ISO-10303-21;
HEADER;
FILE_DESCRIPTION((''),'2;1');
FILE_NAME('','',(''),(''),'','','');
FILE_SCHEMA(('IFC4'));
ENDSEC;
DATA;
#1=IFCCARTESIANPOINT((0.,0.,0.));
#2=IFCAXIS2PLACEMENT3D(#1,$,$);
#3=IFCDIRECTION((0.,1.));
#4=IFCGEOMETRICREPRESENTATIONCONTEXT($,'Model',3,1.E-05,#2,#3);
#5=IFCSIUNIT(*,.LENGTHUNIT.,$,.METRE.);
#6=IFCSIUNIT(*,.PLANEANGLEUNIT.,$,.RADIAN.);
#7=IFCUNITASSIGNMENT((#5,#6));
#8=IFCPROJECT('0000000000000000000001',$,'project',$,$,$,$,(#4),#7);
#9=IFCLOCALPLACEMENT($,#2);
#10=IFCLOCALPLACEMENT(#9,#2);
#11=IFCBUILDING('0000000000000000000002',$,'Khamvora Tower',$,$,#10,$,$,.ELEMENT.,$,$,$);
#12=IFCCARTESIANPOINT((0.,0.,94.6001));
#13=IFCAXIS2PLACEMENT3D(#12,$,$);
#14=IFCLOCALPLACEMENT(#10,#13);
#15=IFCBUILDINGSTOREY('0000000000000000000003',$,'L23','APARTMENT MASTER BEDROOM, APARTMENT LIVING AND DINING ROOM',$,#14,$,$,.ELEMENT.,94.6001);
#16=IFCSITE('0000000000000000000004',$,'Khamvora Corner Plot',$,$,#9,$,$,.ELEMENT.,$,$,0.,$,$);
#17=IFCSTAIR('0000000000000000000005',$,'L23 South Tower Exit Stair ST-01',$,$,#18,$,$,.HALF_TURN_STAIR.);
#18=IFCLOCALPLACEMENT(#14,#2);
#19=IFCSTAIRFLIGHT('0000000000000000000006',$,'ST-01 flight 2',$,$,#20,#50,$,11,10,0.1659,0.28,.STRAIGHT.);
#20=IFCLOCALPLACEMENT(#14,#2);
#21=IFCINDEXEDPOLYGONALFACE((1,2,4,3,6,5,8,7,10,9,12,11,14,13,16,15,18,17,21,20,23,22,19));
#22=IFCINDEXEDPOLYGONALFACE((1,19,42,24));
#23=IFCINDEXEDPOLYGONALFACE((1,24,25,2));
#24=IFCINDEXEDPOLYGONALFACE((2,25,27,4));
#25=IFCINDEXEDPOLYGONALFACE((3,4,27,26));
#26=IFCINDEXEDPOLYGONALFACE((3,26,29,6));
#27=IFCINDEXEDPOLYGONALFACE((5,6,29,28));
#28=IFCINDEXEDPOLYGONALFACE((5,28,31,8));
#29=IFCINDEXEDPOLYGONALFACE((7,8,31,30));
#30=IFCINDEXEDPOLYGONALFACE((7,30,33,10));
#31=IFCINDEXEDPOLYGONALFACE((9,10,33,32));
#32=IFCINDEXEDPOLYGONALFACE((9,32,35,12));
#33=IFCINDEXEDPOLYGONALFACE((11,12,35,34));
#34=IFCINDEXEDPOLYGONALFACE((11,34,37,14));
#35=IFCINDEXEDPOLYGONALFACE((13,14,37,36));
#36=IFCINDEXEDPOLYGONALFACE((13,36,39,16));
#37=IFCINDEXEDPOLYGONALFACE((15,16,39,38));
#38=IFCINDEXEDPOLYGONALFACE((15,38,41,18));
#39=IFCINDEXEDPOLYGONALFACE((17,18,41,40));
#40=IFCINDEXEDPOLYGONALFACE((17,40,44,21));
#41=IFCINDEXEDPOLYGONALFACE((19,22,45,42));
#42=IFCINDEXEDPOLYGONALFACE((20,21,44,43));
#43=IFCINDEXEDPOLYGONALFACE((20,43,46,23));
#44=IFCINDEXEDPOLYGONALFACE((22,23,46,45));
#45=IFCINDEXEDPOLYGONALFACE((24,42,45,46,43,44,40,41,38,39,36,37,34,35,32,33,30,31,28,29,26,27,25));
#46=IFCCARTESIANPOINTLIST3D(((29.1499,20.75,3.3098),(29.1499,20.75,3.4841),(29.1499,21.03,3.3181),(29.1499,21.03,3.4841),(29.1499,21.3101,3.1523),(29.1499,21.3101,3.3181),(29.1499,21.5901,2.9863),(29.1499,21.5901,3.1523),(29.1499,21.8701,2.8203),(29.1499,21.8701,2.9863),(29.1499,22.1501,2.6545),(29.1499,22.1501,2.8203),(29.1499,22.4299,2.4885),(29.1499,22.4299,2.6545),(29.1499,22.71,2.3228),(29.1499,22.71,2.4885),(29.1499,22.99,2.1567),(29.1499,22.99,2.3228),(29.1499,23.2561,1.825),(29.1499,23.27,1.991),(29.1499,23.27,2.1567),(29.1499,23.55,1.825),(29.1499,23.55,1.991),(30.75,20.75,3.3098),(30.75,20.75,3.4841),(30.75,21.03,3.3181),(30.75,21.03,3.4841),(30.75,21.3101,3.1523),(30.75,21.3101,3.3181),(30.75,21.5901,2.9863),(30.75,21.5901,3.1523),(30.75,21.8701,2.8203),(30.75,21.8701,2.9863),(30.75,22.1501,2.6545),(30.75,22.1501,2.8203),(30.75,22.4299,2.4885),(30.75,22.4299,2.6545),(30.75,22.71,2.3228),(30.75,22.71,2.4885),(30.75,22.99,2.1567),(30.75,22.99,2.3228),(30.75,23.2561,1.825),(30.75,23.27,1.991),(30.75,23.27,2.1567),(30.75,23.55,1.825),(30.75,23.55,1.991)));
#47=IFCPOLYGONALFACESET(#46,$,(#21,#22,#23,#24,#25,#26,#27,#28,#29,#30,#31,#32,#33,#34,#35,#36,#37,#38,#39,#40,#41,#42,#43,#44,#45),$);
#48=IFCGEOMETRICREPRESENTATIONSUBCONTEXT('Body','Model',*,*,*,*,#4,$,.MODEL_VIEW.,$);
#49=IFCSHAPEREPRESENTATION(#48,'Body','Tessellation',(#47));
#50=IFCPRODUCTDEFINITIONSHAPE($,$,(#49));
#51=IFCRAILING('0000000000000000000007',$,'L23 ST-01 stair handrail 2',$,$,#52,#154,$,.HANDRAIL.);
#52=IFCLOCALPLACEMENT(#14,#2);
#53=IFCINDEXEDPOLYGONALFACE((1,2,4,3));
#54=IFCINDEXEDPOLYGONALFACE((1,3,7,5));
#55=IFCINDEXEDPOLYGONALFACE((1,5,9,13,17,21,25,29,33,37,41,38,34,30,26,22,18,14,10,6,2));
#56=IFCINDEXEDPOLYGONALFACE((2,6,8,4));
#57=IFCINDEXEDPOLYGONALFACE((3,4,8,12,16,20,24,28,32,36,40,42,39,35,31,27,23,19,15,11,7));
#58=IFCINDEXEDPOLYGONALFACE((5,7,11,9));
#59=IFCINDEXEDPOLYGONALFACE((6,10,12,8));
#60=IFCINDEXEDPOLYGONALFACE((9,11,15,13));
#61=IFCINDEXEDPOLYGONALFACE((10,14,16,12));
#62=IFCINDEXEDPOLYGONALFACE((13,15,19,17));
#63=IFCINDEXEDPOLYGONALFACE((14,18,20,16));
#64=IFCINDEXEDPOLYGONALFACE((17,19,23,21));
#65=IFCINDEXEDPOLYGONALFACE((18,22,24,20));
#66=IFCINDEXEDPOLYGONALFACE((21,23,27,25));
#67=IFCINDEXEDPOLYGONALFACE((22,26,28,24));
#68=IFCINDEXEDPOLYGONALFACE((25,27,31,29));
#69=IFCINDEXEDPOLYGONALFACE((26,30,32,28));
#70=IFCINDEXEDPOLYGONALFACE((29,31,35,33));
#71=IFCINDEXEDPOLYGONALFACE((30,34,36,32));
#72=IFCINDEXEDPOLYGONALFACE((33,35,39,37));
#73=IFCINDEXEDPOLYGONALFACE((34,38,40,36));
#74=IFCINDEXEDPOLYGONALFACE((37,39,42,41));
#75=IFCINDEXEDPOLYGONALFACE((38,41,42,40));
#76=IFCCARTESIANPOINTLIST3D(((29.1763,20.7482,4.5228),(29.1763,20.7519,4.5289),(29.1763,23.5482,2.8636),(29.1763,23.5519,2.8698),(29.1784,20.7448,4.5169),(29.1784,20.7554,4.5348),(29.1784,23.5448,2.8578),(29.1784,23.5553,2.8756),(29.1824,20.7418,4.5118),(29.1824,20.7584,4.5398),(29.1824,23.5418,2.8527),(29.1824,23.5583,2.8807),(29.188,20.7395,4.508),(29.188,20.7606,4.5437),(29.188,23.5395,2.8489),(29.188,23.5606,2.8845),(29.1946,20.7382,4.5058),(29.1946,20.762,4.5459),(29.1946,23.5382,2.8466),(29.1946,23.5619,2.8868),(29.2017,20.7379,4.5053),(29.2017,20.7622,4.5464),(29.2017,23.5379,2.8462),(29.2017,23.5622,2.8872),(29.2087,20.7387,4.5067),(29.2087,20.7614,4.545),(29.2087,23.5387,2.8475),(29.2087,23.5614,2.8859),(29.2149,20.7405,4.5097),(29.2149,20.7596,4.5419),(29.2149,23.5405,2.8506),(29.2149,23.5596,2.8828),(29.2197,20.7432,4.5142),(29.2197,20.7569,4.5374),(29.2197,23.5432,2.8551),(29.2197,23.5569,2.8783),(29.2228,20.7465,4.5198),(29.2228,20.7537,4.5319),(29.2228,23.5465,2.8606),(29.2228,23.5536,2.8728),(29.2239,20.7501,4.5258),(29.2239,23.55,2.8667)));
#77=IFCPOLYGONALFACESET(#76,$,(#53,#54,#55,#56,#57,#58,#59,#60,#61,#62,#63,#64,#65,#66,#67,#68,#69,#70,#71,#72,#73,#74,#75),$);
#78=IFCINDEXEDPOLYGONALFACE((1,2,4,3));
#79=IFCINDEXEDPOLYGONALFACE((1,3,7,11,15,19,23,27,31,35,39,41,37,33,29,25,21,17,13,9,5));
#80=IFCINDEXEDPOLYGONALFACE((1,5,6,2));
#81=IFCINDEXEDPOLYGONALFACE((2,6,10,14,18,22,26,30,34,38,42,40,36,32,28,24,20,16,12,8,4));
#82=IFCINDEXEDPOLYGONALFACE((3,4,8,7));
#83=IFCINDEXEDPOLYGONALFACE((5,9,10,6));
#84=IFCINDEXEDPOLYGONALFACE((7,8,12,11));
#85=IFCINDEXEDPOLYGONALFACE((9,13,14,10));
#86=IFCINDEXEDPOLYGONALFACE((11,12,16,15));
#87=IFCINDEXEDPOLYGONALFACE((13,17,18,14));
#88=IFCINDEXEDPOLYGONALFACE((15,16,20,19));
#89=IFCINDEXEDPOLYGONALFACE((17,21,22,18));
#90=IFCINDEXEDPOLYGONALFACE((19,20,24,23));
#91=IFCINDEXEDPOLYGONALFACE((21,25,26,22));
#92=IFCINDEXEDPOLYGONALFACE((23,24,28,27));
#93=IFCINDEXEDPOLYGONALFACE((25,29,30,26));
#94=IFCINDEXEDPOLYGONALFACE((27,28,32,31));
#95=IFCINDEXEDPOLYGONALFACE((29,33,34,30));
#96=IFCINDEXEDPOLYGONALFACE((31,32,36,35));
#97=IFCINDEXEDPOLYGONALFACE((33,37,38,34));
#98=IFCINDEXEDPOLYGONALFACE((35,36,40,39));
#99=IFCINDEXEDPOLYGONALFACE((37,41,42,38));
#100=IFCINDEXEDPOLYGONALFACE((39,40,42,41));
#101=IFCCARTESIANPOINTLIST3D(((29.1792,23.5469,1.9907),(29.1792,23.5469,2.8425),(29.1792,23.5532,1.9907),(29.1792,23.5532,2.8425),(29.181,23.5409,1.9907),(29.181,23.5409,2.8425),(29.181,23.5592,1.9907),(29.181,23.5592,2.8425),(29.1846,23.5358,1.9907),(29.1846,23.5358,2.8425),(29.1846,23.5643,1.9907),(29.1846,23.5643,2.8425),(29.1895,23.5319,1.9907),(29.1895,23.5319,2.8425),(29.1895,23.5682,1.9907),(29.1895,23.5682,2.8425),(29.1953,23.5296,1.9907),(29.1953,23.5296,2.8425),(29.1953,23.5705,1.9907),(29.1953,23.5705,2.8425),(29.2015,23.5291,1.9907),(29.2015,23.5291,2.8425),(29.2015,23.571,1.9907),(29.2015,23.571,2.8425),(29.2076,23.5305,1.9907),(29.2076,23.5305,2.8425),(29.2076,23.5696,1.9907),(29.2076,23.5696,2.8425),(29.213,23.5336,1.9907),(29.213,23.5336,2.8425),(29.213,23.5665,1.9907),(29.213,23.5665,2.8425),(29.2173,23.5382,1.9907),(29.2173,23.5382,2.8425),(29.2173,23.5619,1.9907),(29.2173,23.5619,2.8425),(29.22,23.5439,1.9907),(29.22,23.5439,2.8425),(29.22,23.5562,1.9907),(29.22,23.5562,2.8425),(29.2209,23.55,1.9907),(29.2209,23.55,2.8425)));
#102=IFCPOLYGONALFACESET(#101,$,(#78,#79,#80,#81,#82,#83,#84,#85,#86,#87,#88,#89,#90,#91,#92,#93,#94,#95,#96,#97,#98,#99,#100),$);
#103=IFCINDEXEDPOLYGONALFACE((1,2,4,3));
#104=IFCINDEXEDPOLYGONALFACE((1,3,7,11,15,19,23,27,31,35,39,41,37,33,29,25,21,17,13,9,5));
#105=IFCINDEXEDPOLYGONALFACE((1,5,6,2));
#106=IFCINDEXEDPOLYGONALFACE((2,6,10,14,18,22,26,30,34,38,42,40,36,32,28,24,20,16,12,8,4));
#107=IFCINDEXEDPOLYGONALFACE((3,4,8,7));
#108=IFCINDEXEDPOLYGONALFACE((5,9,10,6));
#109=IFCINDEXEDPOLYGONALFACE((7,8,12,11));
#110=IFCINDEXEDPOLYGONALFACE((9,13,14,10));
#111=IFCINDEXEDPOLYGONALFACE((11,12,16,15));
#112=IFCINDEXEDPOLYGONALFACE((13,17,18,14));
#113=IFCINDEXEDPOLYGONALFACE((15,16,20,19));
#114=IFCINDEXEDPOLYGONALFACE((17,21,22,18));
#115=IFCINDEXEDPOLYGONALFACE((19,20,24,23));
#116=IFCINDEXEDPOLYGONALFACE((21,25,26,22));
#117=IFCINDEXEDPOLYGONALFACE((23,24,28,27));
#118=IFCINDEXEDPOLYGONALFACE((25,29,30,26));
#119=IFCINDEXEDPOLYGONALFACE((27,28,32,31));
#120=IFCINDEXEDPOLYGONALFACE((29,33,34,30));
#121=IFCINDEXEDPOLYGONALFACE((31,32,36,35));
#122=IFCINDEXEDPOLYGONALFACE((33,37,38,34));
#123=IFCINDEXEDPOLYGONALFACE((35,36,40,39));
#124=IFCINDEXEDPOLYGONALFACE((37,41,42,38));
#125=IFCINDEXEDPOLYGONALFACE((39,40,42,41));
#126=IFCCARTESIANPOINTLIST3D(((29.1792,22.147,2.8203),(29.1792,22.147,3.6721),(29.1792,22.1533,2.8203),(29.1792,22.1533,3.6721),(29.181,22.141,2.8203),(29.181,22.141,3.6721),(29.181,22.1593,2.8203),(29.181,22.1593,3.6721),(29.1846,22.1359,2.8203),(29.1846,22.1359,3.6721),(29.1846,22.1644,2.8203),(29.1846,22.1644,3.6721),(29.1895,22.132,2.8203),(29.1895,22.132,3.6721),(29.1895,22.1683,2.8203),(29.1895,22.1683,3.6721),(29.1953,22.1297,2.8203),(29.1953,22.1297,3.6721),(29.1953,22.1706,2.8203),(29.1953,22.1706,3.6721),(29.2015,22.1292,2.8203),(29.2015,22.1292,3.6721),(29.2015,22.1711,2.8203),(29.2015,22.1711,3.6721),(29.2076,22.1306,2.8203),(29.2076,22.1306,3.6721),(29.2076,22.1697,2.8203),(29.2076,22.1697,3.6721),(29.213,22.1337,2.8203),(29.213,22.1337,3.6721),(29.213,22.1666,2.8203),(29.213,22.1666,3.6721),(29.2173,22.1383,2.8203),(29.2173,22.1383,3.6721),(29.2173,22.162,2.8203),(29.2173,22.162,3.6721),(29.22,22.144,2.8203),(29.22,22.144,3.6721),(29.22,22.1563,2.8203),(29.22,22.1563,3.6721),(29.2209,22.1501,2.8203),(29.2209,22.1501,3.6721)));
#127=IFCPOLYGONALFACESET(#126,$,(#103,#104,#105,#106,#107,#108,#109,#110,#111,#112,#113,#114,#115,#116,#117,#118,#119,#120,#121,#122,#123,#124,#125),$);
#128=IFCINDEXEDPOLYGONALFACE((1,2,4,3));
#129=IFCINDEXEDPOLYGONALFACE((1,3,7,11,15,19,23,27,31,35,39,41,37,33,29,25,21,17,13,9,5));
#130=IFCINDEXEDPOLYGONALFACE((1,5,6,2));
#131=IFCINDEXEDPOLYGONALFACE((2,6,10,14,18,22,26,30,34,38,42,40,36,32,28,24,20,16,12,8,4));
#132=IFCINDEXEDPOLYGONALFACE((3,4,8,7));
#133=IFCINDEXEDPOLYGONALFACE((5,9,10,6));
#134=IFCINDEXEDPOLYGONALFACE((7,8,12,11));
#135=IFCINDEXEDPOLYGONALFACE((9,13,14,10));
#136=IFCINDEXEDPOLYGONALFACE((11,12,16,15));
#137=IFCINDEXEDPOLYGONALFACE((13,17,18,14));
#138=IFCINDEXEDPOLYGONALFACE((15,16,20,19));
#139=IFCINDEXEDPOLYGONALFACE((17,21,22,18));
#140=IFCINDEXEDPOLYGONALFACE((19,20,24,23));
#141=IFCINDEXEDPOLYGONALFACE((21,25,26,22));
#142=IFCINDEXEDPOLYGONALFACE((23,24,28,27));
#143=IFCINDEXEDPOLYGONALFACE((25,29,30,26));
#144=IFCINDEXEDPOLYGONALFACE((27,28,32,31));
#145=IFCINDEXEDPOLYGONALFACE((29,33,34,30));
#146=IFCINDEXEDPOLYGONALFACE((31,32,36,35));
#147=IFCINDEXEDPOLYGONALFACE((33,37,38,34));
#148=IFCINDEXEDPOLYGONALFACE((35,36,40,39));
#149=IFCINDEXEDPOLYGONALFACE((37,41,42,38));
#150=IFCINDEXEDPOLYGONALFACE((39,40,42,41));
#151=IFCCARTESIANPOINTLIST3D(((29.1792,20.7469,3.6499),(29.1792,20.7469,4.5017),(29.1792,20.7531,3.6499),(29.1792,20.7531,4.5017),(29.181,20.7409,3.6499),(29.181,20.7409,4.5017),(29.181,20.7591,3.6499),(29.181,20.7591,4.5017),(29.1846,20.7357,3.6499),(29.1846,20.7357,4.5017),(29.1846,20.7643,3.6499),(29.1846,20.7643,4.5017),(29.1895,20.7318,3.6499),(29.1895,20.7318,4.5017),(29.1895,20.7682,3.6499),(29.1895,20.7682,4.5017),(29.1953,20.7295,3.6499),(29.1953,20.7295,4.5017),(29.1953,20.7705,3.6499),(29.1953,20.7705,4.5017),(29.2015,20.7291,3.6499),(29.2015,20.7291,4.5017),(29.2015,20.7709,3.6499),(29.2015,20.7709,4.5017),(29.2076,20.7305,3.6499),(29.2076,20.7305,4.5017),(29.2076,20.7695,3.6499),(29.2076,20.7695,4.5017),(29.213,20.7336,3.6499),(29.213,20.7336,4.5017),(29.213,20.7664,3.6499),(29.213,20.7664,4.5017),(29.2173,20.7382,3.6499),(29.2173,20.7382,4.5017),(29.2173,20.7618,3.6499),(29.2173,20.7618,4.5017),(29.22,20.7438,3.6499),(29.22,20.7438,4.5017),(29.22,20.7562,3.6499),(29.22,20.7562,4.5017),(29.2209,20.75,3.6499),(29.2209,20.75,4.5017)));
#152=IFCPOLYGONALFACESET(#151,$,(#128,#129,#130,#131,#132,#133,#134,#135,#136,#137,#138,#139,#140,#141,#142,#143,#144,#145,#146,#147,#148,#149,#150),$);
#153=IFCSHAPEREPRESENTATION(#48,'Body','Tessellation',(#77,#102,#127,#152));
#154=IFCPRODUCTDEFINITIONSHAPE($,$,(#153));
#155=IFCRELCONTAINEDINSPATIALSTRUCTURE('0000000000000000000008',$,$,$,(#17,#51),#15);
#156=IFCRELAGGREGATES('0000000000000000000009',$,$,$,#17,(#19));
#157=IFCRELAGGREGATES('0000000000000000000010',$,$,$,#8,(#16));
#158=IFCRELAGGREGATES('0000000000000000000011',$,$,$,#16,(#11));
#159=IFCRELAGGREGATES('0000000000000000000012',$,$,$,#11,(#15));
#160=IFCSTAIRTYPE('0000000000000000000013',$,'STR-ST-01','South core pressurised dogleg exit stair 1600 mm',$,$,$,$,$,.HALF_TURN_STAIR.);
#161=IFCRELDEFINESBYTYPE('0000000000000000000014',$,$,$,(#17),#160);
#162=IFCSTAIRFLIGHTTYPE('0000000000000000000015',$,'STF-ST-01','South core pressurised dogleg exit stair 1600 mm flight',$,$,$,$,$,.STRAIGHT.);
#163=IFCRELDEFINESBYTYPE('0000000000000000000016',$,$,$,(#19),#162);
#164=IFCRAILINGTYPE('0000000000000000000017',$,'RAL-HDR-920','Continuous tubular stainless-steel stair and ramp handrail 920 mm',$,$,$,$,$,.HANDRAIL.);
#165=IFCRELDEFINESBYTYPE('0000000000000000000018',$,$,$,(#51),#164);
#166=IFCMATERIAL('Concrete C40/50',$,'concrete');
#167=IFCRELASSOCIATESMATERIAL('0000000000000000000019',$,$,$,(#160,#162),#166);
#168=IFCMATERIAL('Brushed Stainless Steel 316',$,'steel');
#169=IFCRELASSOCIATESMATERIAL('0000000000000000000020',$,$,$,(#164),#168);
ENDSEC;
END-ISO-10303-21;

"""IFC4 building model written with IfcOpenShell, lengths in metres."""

from ifc_helpers import new_model, si_unit, direction, frame, origin, origin_2d, place, context, subcontext, project, spatial, polyline, circle, outline, extrude, material, type_object, element, aggregate, save


model = new_model("IFC4")

# Units and contexts
model_context = context("Model", 3, precision=1e-05, world=origin(), true_north=direction((0.0, 1.0)))
body_context = subcontext(model_context, "Body", "Model", "MODEL_VIEW")
ifc_project = project(units=[si_unit("LENGTHUNIT", "METRE"), si_unit("PLANEANGLEUNIT", "RADIAN")], contexts=[model_context])

# Site, building, storey
site_placement = place(None, origin())
site = spatial("IfcSite", under=ifc_project, at=site_placement, Name="Khamvora Corner Plot", CompositionType="ELEMENT", RefElevation=0.0)
building_placement = place(site_placement, origin())
building = spatial("IfcBuilding", under=site, at=building_placement, Name="Khamvora Tower", CompositionType="ELEMENT")
storey_placement = place(building_placement, frame((0.0, 0.0, 94.6001)))
storey = spatial("IfcBuildingStorey", under=building, at=storey_placement, Name="L23", Description="APARTMENT MASTER BEDROOM, APARTMENT LIVING AND DINING ROOM", CompositionType="ELEMENT", Elevation=94.6001)

# Stair, stair flight
ifc_material_1 = material(Name="Concrete C40/50", Category="concrete")
stair_type = type_object("IfcStairType", Name="STR-ST-01", Description="South core pressurised dogleg exit stair 1600 mm", PredefinedType="HALF_TURN_STAIR", material=ifc_material_1)
stair_placement = place(storey_placement, origin())
stair = element("IfcStair", 1, at=stair_placement, inside=storey, type_object=stair_type, Name="L23 South Tower Exit Stair ST-01", PredefinedType="HALF_TURN_STAIR")
stair_flight_type = type_object("IfcStairFlightType", Name="STF-ST-01", Description="South core pressurised dogleg exit stair 1600 mm flight", PredefinedType="STRAIGHT", material=ifc_material_1)
stair_flight_1_placement = place(storey_placement, frame((29.95, 23.55, 1.825), z_axis=(0.0, 0.0, 1.0), x_axis=(0.0, -1.0, 0.0)))
stair_flight_1 = element("IfcStairFlight", 2, at=stair_flight_1_placement, type_object=stair_flight_type, Name="ST-01 flight 2", NumberOfRisers=11, NumberOfTreads=10, PredefinedType="STRAIGHT", RiserHeight=0.1659, TreadLength=0.28, context=body_context, shape_type="SweptSolid", body=[
    extrude(outline(polyline([(0.0, 0.0), (0.0, 0.166), (0.28, 0.166), (0.28, 0.3318), (0.5601, 0.3318), (0.5601, 0.4978), (0.8401, 0.4978), (0.8401, 0.6636), (1.1201, 0.6636), (1.1201, 0.8296), (1.3999, 0.8296), (1.3999, 0.9954), (1.6799, 0.9954), (1.6799, 1.1614), (1.96, 1.1614), (1.96, 1.3274), (2.24, 1.3274), (2.24, 1.4932), (2.52, 1.4932), (2.52, 1.6592), (2.8, 1.6592), (2.8, 1.825), (2.8, 1.4849), (0.2939, 0.0), (0.0, 0.0)])), frame((0.0, 0.8, 0.0), z_axis=(0.0, -1.0, 0.0), x_axis=(1.0, 0.0, 0.0)), (0.0, 0.0, 1.0), 1.6001),
])
aggregate(stair, [stair_flight_1])

# Railing
ifc_material_2 = material(Name="Brushed Stainless Steel 316", Category="steel")
railing_type_1 = type_object("IfcRailingType", Name="RAL-HDR-920", Description="Continuous tubular stainless-steel stair and ramp handrail 920 mm", PredefinedType="HANDRAIL", material=ifc_material_2)
railing_1_placement = place(storey_placement, frame((29.2, 23.55, 1.9907)))
element("IfcRailing", 3, at=railing_1_placement, inside=storey, type_object=railing_type_1, Name="L23 ST-01 stair handrail 2", PredefinedType="HANDRAIL", context=body_context, shape_type="SweptSolid", body=[
    extrude(circle(Radius=0.0239, at=origin_2d()), frame((0.0, 0.0, 0.876), z_axis=(0.0, -0.860306, 0.509778), x_axis=(1.0, 0.0, 0.0)), (0.0, 0.0, 1.0), 3.2546),
    extrude(circle(Radius=0.021, at=origin_2d()), origin(), (0.0, 0.0, 1.0), 0.8518),
    extrude(circle(Radius=0.021, at=origin_2d()), frame((0.0, -1.3999, 0.8296)), (0.0, 0.0, 1.0), 0.8518),
    extrude(circle(Radius=0.021, at=origin_2d()), frame((0.0, -2.8, 1.6592)), (0.0, 0.0, 1.0), 0.8518),
])

save(model, "model.ifc")
